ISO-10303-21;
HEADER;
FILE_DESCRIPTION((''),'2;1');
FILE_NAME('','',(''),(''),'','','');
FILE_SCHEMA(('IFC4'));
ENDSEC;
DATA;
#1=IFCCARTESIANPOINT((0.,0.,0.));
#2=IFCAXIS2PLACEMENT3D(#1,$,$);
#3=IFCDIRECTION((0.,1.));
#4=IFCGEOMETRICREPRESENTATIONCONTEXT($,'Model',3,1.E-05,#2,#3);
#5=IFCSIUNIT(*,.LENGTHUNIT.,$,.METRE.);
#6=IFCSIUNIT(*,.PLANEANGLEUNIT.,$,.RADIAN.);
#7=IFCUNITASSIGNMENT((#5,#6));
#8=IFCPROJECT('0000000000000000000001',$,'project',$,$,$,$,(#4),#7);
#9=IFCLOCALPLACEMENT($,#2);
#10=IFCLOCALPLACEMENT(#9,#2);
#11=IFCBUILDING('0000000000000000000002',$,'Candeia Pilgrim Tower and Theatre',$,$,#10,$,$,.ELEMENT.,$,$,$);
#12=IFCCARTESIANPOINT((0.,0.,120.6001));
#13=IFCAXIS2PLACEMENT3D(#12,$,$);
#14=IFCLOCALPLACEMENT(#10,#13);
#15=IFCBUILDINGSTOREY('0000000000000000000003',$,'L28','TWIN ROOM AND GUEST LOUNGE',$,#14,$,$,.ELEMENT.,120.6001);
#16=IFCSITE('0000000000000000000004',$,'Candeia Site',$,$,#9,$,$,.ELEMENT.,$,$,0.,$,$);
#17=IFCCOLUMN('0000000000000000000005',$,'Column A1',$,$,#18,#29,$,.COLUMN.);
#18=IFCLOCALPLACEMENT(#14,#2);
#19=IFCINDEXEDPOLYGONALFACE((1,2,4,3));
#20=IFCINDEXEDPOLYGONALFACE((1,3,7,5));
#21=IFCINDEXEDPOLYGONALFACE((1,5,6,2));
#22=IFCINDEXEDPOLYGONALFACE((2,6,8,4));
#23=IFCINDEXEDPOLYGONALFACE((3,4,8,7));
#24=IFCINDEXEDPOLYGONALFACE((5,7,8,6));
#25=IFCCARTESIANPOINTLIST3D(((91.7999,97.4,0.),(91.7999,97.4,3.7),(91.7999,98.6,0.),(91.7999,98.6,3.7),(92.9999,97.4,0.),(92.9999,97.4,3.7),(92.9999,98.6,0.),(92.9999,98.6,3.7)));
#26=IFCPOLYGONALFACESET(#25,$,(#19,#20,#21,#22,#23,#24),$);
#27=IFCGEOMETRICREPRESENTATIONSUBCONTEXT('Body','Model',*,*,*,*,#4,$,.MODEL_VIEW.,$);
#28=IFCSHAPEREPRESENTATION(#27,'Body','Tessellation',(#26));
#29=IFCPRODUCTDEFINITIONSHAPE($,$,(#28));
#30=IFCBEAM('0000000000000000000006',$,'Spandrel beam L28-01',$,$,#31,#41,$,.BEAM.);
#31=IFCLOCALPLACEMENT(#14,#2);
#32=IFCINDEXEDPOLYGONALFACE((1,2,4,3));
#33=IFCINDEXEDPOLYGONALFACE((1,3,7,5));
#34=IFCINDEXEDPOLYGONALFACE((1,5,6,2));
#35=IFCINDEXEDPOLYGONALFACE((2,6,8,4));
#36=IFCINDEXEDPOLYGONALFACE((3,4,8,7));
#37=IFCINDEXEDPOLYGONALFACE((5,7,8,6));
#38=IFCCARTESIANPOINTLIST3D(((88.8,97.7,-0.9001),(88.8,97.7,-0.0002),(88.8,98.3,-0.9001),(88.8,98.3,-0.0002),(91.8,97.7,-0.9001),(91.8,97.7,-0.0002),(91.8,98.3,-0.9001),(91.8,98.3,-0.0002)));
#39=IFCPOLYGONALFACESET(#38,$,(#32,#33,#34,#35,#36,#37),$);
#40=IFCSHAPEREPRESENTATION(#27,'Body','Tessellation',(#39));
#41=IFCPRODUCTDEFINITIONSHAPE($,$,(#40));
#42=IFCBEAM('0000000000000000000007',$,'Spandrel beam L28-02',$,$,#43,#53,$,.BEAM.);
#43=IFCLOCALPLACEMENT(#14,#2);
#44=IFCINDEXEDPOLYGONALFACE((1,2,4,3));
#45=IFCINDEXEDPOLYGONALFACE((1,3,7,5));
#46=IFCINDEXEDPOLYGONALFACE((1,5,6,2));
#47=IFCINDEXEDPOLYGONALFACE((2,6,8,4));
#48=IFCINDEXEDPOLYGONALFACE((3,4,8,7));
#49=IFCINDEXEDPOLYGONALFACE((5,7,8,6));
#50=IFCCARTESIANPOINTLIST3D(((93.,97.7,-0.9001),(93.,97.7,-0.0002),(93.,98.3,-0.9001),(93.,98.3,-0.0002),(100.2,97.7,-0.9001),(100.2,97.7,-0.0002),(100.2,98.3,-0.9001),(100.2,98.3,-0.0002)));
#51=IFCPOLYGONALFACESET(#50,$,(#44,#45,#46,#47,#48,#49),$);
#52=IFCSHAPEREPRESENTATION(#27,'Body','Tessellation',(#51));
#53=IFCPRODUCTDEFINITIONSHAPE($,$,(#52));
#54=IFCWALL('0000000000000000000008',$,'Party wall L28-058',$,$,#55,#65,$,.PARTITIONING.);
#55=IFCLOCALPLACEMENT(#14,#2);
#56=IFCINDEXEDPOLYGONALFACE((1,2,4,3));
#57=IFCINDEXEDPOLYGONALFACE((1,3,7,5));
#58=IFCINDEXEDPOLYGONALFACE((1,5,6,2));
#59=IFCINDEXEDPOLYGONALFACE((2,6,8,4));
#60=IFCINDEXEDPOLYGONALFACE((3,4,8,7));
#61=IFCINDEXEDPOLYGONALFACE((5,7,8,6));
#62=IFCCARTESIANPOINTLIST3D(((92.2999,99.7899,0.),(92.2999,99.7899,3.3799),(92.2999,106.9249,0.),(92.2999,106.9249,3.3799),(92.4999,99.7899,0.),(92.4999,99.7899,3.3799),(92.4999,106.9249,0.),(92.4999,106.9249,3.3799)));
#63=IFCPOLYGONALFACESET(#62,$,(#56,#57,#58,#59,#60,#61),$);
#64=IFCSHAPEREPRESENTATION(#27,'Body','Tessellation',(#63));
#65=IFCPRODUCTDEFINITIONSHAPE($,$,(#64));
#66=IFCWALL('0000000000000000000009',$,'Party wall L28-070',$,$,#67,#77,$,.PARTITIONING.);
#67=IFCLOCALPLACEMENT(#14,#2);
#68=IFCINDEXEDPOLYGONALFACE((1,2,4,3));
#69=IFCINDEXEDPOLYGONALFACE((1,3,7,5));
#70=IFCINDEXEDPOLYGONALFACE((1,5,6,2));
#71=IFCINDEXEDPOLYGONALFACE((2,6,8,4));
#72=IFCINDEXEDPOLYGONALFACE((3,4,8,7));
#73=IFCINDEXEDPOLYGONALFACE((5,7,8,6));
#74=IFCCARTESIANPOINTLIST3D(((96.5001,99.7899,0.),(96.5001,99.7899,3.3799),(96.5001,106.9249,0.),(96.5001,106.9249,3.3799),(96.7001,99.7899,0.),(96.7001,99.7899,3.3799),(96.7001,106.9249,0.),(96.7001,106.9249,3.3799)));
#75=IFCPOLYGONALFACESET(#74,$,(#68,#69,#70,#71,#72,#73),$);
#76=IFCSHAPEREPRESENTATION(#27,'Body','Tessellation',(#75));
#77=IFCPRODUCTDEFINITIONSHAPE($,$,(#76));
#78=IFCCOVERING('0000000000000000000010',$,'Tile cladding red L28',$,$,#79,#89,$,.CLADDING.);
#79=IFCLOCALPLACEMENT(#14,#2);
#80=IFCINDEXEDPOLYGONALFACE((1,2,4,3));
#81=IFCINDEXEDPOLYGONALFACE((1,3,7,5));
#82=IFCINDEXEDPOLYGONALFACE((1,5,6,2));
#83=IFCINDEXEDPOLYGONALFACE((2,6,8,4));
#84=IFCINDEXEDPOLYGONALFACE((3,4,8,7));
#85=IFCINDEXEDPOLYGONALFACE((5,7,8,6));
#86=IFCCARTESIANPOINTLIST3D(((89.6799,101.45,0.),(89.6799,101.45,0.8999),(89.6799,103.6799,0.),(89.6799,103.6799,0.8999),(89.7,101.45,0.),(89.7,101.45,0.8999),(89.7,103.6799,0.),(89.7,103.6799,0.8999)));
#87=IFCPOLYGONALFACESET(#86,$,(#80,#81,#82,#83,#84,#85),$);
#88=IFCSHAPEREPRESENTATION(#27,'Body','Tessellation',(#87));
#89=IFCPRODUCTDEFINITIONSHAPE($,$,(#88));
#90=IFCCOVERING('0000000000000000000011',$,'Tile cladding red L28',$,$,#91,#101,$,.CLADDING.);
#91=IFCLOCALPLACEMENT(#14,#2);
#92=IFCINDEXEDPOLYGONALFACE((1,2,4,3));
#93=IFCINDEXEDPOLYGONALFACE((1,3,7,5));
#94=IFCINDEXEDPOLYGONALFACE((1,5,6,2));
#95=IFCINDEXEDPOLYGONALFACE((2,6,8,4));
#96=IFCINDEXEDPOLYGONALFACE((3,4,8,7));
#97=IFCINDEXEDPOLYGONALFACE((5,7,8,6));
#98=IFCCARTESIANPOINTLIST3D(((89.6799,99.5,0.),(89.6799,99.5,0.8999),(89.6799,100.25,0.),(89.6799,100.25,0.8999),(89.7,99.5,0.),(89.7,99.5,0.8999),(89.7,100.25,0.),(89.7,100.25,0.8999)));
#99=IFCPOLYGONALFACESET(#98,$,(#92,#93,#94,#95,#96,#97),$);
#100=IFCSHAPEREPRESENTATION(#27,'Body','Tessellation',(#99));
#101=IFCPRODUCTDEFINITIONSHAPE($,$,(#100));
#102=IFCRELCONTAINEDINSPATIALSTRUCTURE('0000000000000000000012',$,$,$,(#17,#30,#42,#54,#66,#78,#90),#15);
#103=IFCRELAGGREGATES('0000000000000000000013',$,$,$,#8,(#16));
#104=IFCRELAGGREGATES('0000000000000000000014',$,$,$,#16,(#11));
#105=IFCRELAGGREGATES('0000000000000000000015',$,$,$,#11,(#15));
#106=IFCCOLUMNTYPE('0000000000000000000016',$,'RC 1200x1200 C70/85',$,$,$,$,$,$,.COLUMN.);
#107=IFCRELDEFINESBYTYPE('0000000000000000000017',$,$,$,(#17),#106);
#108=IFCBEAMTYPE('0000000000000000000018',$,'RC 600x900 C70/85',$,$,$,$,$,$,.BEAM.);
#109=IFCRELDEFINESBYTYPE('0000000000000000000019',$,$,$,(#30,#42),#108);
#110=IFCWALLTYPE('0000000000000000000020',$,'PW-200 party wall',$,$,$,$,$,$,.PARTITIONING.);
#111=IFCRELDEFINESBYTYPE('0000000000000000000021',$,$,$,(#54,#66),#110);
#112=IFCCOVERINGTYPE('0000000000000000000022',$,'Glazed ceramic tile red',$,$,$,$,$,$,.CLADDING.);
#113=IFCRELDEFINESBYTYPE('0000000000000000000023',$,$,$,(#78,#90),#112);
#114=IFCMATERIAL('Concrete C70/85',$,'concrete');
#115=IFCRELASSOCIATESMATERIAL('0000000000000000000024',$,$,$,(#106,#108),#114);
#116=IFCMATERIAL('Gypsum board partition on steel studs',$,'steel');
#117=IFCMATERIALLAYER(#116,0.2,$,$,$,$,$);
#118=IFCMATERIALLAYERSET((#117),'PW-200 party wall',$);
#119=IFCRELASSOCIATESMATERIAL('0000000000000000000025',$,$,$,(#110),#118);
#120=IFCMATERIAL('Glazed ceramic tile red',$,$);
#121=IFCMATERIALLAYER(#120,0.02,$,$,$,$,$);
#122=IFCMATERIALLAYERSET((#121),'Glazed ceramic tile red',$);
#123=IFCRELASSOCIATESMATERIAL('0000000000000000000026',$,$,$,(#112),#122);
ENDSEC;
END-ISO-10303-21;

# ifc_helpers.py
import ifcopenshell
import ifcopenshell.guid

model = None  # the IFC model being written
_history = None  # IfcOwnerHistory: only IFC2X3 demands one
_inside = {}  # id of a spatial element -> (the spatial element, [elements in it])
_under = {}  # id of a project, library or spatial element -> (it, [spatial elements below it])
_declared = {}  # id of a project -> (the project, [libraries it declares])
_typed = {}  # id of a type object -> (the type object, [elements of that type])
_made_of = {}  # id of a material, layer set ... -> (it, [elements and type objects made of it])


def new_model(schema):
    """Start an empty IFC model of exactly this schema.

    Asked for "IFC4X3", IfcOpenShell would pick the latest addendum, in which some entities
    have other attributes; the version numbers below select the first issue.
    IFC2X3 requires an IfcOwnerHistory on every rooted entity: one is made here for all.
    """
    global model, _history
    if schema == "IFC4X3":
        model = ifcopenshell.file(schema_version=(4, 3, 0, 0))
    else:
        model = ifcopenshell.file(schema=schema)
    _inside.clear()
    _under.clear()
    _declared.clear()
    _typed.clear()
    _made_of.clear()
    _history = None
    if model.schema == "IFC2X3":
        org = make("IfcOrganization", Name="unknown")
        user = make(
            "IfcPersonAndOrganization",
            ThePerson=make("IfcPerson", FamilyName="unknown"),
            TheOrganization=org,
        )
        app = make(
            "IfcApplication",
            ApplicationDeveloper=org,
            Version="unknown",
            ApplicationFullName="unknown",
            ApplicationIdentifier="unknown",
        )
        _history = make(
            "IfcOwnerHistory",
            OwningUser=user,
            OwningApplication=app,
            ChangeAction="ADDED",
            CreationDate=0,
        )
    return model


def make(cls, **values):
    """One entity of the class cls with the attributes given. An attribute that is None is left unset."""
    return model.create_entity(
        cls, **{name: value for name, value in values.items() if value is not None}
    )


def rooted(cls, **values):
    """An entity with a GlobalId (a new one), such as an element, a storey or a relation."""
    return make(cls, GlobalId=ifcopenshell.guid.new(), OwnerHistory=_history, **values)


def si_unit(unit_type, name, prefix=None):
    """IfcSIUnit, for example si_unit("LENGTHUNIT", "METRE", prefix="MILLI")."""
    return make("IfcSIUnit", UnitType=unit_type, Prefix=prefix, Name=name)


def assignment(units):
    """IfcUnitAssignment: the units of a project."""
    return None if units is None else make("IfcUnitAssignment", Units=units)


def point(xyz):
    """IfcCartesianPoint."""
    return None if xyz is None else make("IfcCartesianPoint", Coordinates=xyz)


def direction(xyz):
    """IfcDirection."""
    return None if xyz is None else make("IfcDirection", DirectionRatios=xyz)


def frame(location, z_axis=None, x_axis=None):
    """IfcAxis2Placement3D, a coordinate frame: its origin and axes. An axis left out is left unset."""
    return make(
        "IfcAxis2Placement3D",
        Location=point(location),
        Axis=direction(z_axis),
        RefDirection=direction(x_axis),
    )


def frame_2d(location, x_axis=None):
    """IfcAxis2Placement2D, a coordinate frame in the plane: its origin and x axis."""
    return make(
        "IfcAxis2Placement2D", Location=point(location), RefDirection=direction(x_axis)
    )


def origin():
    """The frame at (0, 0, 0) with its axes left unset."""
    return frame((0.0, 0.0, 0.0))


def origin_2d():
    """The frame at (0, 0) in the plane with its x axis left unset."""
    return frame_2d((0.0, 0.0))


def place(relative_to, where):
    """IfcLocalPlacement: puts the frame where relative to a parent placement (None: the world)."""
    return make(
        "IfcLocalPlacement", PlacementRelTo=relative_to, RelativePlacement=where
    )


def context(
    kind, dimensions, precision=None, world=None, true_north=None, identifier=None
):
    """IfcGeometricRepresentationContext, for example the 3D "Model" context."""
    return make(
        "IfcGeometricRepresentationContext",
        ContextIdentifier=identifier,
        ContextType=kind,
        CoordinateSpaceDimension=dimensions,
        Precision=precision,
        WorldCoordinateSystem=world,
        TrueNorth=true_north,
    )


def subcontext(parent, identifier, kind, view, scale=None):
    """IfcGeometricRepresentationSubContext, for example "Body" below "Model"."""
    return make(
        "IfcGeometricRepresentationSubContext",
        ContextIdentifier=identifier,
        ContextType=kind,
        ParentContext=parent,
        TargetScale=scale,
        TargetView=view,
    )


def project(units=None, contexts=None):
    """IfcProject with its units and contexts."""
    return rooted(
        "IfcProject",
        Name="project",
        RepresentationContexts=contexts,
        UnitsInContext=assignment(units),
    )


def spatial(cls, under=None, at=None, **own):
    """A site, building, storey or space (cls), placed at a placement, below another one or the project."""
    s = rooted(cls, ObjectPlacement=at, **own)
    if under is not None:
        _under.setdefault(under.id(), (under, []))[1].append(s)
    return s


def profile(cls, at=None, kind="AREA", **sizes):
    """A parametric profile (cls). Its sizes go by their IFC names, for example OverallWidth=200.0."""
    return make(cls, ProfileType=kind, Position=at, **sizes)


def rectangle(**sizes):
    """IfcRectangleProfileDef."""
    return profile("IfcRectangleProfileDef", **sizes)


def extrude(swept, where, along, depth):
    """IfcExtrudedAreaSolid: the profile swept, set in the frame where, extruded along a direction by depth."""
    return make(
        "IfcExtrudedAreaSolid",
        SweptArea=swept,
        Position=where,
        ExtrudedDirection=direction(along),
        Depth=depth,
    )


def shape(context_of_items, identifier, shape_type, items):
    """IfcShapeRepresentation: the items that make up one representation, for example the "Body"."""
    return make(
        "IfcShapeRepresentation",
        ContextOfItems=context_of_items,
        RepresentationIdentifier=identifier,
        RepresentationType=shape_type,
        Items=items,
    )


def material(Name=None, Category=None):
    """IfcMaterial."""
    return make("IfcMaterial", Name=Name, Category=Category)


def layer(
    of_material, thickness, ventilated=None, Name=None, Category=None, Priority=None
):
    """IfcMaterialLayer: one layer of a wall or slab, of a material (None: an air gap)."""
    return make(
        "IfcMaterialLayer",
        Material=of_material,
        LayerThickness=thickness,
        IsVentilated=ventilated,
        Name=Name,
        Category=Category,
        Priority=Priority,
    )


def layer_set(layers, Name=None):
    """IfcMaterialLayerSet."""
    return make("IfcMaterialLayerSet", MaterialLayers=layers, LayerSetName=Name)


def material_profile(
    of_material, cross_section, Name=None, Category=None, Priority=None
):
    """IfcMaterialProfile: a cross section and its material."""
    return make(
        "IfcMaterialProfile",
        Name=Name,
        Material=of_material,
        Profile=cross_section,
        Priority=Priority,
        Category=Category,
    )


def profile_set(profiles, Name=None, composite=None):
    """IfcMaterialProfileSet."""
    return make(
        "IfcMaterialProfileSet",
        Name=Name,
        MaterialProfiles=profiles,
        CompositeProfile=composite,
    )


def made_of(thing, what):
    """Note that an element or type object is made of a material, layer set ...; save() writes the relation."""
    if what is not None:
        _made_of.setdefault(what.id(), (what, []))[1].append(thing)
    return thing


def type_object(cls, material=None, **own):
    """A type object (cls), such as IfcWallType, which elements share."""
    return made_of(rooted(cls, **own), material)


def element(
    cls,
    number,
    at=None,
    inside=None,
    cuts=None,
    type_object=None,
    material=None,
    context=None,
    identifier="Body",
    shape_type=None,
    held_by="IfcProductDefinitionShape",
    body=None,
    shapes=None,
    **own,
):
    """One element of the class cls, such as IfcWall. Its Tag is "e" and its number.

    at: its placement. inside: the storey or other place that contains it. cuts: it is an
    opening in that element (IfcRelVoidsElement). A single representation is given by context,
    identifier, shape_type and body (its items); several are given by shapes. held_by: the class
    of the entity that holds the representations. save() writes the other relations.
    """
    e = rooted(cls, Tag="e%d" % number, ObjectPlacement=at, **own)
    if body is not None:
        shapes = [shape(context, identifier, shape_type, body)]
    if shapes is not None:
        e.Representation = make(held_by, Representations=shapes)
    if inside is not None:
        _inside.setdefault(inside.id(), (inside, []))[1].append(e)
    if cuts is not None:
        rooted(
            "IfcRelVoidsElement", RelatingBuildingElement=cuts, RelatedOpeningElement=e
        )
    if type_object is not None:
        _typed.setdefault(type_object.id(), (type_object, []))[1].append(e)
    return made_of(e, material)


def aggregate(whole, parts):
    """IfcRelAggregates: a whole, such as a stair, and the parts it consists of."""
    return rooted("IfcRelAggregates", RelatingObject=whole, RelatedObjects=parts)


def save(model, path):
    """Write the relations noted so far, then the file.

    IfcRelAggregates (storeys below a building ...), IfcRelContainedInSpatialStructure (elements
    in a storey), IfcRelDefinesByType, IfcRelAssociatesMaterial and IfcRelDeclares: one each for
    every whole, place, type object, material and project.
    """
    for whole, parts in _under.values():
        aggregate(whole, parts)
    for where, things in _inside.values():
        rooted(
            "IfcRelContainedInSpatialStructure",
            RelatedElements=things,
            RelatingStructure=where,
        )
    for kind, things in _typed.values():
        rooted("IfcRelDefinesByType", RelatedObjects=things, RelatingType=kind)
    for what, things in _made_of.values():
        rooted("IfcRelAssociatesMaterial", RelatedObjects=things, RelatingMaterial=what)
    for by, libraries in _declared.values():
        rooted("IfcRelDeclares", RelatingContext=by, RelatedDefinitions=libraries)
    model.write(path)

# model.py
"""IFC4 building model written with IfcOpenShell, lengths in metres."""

from ifc_helpers import new_model, si_unit, direction, frame, frame_2d, origin, origin_2d, place, context, subcontext, project, spatial, rectangle, extrude, material, layer, layer_set, material_profile, profile_set, type_object, element, save


model = new_model("IFC4")

# Units and contexts
model_context = context("Model", 3, precision=1e-05, world=origin(), true_north=direction((0.0, 1.0)))
body_context = subcontext(model_context, "Body", "Model", "MODEL_VIEW")
ifc_project = project(units=[si_unit("LENGTHUNIT", "METRE"), si_unit("PLANEANGLEUNIT", "RADIAN")], contexts=[model_context])

# Site, building, storey
site_placement = place(None, origin())
site = spatial("IfcSite", under=ifc_project, at=site_placement, Name="Candeia Site", CompositionType="ELEMENT", RefElevation=0.0)
building_placement = place(site_placement, origin())
building = spatial("IfcBuilding", under=site, at=building_placement, Name="Candeia Pilgrim Tower and Theatre", CompositionType="ELEMENT")
storey_placement = place(building_placement, frame((0.0, 0.0, 120.6001)))
storey = spatial("IfcBuildingStorey", under=building, at=storey_placement, Name="L28", Description="TWIN ROOM AND GUEST LOUNGE", CompositionType="ELEMENT", Elevation=120.6001)

# Column
ifc_material_1 = material(Name="Concrete C70/85", Category="concrete")
ifc_material_profile_1 = material_profile(ifc_material_1, rectangle(XDim=1.2, YDim=1.2, at=origin_2d()))
ifc_profile_set_1 = profile_set([ifc_material_profile_1], Name="Concrete C70/85")
column_type = type_object("IfcColumnType", Name="RC 1200x1200 C70/85", PredefinedType="COLUMN", material=ifc_profile_set_1)
column_placement = place(storey_placement, frame((92.3999, 98.0, 0.0), z_axis=(0.0, 0.0, 1.0), x_axis=(1.0, 0.0, 0.0)))
element("IfcColumn", 1, at=column_placement, inside=storey, type_object=column_type, Name="Column A1", PredefinedType="COLUMN", context=body_context, shape_type="SweptSolid", body=[
    extrude(rectangle(XDim=1.2, YDim=1.2, at=origin_2d()), origin(), (0.0, 0.0, 1.0), 3.7),
])

# Beams
ifc_material_profile_2 = material_profile(ifc_material_1, rectangle(XDim=0.6001, YDim=0.8999, at=origin_2d()))
ifc_profile_set_2 = profile_set([ifc_material_profile_2], Name="Concrete C70/85")
beam_type = type_object("IfcBeamType", Name="RC 600x900 C70/85", PredefinedType="BEAM", material=ifc_profile_set_2)
beam_1_placement = place(storey_placement, frame((88.8, 98.0, -0.4502), z_axis=(1.0, 0.0, 0.0), x_axis=(0.0, 1.0, 0.0)))
element("IfcBeam", 2, at=beam_1_placement, inside=storey, type_object=beam_type, Name="Spandrel beam L28-01", PredefinedType="BEAM", context=body_context, shape_type="SweptSolid", body=[
    extrude(rectangle(XDim=0.6001, YDim=0.8999, at=origin_2d()), origin(), (0.0, 0.0, 1.0), 3.0),
])
beam_2_placement = place(storey_placement, frame((93.0, 98.0, -0.4502), z_axis=(1.0, 0.0, 0.0), x_axis=(0.0, 1.0, 0.0)))
element("IfcBeam", 3, at=beam_2_placement, inside=storey, type_object=beam_type, Name="Spandrel beam L28-02", PredefinedType="BEAM", context=body_context, shape_type="SweptSolid", body=[
    extrude(rectangle(XDim=0.6001, YDim=0.8999, at=origin_2d()), origin(), (0.0, 0.0, 1.0), 7.2),
])

# Walls
ifc_material_2 = material(Name="Gypsum board partition on steel studs", Category="steel")
ifc_layer_1 = layer(ifc_material_2, 0.2)
ifc_layer_set_1 = layer_set([ifc_layer_1], Name="PW-200 party wall")
wall_type_1 = type_object("IfcWallType", Name="PW-200 party wall", PredefinedType="PARTITIONING", material=ifc_layer_set_1)
for number, where, z_axis, x_axis, name in (
    (4, (92.3999, 99.79, 0.0), (0.0, 0.0, 1.0), (0.0, 1.0, 0.0), "Party wall L28-058"),
    (5, (96.6001, 99.79, 0.0), (0.0, 0.0, 1.0), (0.0, 1.0, 0.0), "Party wall L28-070"),
):
    element("IfcWall", number, at=place(storey_placement, frame(where, z_axis=z_axis, x_axis=x_axis)), inside=storey, type_object=wall_type_1, Name=name, PredefinedType="PARTITIONING", context=body_context, shape_type="SweptSolid", body=[
        extrude(rectangle(XDim=7.135, YDim=0.2, at=frame_2d((3.5674, 0.0))), origin(), (0.0, 0.0, 1.0), 3.3799),
    ])

# Coverings
ifc_material_3 = material(Name="Glazed ceramic tile red")
ifc_layer_2 = layer(ifc_material_3, 0.02)
ifc_layer_set_2 = layer_set([ifc_layer_2], Name="Glazed ceramic tile red")
covering_type = type_object("IfcCoveringType", Name="Glazed ceramic tile red", PredefinedType="CLADDING", material=ifc_layer_set_2)
covering_1_placement = place(storey_placement, frame((89.6899, 102.5649, 0.0), z_axis=(0.0, 0.0, 1.0), x_axis=(0.0, -1.0, 0.0)))
element("IfcCovering", 6, at=covering_1_placement, inside=storey, type_object=covering_type, Name="Tile cladding red L28", PredefinedType="CLADDING", context=body_context, shape_type="SweptSolid", body=[
    extrude(rectangle(XDim=2.23, YDim=0.02, at=origin_2d()), origin(), (0.0, 0.0, 1.0), 0.8999),
])
covering_2_placement = place(storey_placement, frame((89.6899, 99.875, 0.0), z_axis=(0.0, 0.0, 1.0), x_axis=(0.0, -1.0, 0.0)))
element("IfcCovering", 7, at=covering_2_placement, inside=storey, type_object=covering_type, Name="Tile cladding red L28", PredefinedType="CLADDING", context=body_context, shape_type="SweptSolid", body=[
    extrude(rectangle(XDim=0.75, YDim=0.02, at=origin_2d()), origin(), (0.0, 0.0, 1.0), 0.8999),
])

save(model, "model.ifc")
